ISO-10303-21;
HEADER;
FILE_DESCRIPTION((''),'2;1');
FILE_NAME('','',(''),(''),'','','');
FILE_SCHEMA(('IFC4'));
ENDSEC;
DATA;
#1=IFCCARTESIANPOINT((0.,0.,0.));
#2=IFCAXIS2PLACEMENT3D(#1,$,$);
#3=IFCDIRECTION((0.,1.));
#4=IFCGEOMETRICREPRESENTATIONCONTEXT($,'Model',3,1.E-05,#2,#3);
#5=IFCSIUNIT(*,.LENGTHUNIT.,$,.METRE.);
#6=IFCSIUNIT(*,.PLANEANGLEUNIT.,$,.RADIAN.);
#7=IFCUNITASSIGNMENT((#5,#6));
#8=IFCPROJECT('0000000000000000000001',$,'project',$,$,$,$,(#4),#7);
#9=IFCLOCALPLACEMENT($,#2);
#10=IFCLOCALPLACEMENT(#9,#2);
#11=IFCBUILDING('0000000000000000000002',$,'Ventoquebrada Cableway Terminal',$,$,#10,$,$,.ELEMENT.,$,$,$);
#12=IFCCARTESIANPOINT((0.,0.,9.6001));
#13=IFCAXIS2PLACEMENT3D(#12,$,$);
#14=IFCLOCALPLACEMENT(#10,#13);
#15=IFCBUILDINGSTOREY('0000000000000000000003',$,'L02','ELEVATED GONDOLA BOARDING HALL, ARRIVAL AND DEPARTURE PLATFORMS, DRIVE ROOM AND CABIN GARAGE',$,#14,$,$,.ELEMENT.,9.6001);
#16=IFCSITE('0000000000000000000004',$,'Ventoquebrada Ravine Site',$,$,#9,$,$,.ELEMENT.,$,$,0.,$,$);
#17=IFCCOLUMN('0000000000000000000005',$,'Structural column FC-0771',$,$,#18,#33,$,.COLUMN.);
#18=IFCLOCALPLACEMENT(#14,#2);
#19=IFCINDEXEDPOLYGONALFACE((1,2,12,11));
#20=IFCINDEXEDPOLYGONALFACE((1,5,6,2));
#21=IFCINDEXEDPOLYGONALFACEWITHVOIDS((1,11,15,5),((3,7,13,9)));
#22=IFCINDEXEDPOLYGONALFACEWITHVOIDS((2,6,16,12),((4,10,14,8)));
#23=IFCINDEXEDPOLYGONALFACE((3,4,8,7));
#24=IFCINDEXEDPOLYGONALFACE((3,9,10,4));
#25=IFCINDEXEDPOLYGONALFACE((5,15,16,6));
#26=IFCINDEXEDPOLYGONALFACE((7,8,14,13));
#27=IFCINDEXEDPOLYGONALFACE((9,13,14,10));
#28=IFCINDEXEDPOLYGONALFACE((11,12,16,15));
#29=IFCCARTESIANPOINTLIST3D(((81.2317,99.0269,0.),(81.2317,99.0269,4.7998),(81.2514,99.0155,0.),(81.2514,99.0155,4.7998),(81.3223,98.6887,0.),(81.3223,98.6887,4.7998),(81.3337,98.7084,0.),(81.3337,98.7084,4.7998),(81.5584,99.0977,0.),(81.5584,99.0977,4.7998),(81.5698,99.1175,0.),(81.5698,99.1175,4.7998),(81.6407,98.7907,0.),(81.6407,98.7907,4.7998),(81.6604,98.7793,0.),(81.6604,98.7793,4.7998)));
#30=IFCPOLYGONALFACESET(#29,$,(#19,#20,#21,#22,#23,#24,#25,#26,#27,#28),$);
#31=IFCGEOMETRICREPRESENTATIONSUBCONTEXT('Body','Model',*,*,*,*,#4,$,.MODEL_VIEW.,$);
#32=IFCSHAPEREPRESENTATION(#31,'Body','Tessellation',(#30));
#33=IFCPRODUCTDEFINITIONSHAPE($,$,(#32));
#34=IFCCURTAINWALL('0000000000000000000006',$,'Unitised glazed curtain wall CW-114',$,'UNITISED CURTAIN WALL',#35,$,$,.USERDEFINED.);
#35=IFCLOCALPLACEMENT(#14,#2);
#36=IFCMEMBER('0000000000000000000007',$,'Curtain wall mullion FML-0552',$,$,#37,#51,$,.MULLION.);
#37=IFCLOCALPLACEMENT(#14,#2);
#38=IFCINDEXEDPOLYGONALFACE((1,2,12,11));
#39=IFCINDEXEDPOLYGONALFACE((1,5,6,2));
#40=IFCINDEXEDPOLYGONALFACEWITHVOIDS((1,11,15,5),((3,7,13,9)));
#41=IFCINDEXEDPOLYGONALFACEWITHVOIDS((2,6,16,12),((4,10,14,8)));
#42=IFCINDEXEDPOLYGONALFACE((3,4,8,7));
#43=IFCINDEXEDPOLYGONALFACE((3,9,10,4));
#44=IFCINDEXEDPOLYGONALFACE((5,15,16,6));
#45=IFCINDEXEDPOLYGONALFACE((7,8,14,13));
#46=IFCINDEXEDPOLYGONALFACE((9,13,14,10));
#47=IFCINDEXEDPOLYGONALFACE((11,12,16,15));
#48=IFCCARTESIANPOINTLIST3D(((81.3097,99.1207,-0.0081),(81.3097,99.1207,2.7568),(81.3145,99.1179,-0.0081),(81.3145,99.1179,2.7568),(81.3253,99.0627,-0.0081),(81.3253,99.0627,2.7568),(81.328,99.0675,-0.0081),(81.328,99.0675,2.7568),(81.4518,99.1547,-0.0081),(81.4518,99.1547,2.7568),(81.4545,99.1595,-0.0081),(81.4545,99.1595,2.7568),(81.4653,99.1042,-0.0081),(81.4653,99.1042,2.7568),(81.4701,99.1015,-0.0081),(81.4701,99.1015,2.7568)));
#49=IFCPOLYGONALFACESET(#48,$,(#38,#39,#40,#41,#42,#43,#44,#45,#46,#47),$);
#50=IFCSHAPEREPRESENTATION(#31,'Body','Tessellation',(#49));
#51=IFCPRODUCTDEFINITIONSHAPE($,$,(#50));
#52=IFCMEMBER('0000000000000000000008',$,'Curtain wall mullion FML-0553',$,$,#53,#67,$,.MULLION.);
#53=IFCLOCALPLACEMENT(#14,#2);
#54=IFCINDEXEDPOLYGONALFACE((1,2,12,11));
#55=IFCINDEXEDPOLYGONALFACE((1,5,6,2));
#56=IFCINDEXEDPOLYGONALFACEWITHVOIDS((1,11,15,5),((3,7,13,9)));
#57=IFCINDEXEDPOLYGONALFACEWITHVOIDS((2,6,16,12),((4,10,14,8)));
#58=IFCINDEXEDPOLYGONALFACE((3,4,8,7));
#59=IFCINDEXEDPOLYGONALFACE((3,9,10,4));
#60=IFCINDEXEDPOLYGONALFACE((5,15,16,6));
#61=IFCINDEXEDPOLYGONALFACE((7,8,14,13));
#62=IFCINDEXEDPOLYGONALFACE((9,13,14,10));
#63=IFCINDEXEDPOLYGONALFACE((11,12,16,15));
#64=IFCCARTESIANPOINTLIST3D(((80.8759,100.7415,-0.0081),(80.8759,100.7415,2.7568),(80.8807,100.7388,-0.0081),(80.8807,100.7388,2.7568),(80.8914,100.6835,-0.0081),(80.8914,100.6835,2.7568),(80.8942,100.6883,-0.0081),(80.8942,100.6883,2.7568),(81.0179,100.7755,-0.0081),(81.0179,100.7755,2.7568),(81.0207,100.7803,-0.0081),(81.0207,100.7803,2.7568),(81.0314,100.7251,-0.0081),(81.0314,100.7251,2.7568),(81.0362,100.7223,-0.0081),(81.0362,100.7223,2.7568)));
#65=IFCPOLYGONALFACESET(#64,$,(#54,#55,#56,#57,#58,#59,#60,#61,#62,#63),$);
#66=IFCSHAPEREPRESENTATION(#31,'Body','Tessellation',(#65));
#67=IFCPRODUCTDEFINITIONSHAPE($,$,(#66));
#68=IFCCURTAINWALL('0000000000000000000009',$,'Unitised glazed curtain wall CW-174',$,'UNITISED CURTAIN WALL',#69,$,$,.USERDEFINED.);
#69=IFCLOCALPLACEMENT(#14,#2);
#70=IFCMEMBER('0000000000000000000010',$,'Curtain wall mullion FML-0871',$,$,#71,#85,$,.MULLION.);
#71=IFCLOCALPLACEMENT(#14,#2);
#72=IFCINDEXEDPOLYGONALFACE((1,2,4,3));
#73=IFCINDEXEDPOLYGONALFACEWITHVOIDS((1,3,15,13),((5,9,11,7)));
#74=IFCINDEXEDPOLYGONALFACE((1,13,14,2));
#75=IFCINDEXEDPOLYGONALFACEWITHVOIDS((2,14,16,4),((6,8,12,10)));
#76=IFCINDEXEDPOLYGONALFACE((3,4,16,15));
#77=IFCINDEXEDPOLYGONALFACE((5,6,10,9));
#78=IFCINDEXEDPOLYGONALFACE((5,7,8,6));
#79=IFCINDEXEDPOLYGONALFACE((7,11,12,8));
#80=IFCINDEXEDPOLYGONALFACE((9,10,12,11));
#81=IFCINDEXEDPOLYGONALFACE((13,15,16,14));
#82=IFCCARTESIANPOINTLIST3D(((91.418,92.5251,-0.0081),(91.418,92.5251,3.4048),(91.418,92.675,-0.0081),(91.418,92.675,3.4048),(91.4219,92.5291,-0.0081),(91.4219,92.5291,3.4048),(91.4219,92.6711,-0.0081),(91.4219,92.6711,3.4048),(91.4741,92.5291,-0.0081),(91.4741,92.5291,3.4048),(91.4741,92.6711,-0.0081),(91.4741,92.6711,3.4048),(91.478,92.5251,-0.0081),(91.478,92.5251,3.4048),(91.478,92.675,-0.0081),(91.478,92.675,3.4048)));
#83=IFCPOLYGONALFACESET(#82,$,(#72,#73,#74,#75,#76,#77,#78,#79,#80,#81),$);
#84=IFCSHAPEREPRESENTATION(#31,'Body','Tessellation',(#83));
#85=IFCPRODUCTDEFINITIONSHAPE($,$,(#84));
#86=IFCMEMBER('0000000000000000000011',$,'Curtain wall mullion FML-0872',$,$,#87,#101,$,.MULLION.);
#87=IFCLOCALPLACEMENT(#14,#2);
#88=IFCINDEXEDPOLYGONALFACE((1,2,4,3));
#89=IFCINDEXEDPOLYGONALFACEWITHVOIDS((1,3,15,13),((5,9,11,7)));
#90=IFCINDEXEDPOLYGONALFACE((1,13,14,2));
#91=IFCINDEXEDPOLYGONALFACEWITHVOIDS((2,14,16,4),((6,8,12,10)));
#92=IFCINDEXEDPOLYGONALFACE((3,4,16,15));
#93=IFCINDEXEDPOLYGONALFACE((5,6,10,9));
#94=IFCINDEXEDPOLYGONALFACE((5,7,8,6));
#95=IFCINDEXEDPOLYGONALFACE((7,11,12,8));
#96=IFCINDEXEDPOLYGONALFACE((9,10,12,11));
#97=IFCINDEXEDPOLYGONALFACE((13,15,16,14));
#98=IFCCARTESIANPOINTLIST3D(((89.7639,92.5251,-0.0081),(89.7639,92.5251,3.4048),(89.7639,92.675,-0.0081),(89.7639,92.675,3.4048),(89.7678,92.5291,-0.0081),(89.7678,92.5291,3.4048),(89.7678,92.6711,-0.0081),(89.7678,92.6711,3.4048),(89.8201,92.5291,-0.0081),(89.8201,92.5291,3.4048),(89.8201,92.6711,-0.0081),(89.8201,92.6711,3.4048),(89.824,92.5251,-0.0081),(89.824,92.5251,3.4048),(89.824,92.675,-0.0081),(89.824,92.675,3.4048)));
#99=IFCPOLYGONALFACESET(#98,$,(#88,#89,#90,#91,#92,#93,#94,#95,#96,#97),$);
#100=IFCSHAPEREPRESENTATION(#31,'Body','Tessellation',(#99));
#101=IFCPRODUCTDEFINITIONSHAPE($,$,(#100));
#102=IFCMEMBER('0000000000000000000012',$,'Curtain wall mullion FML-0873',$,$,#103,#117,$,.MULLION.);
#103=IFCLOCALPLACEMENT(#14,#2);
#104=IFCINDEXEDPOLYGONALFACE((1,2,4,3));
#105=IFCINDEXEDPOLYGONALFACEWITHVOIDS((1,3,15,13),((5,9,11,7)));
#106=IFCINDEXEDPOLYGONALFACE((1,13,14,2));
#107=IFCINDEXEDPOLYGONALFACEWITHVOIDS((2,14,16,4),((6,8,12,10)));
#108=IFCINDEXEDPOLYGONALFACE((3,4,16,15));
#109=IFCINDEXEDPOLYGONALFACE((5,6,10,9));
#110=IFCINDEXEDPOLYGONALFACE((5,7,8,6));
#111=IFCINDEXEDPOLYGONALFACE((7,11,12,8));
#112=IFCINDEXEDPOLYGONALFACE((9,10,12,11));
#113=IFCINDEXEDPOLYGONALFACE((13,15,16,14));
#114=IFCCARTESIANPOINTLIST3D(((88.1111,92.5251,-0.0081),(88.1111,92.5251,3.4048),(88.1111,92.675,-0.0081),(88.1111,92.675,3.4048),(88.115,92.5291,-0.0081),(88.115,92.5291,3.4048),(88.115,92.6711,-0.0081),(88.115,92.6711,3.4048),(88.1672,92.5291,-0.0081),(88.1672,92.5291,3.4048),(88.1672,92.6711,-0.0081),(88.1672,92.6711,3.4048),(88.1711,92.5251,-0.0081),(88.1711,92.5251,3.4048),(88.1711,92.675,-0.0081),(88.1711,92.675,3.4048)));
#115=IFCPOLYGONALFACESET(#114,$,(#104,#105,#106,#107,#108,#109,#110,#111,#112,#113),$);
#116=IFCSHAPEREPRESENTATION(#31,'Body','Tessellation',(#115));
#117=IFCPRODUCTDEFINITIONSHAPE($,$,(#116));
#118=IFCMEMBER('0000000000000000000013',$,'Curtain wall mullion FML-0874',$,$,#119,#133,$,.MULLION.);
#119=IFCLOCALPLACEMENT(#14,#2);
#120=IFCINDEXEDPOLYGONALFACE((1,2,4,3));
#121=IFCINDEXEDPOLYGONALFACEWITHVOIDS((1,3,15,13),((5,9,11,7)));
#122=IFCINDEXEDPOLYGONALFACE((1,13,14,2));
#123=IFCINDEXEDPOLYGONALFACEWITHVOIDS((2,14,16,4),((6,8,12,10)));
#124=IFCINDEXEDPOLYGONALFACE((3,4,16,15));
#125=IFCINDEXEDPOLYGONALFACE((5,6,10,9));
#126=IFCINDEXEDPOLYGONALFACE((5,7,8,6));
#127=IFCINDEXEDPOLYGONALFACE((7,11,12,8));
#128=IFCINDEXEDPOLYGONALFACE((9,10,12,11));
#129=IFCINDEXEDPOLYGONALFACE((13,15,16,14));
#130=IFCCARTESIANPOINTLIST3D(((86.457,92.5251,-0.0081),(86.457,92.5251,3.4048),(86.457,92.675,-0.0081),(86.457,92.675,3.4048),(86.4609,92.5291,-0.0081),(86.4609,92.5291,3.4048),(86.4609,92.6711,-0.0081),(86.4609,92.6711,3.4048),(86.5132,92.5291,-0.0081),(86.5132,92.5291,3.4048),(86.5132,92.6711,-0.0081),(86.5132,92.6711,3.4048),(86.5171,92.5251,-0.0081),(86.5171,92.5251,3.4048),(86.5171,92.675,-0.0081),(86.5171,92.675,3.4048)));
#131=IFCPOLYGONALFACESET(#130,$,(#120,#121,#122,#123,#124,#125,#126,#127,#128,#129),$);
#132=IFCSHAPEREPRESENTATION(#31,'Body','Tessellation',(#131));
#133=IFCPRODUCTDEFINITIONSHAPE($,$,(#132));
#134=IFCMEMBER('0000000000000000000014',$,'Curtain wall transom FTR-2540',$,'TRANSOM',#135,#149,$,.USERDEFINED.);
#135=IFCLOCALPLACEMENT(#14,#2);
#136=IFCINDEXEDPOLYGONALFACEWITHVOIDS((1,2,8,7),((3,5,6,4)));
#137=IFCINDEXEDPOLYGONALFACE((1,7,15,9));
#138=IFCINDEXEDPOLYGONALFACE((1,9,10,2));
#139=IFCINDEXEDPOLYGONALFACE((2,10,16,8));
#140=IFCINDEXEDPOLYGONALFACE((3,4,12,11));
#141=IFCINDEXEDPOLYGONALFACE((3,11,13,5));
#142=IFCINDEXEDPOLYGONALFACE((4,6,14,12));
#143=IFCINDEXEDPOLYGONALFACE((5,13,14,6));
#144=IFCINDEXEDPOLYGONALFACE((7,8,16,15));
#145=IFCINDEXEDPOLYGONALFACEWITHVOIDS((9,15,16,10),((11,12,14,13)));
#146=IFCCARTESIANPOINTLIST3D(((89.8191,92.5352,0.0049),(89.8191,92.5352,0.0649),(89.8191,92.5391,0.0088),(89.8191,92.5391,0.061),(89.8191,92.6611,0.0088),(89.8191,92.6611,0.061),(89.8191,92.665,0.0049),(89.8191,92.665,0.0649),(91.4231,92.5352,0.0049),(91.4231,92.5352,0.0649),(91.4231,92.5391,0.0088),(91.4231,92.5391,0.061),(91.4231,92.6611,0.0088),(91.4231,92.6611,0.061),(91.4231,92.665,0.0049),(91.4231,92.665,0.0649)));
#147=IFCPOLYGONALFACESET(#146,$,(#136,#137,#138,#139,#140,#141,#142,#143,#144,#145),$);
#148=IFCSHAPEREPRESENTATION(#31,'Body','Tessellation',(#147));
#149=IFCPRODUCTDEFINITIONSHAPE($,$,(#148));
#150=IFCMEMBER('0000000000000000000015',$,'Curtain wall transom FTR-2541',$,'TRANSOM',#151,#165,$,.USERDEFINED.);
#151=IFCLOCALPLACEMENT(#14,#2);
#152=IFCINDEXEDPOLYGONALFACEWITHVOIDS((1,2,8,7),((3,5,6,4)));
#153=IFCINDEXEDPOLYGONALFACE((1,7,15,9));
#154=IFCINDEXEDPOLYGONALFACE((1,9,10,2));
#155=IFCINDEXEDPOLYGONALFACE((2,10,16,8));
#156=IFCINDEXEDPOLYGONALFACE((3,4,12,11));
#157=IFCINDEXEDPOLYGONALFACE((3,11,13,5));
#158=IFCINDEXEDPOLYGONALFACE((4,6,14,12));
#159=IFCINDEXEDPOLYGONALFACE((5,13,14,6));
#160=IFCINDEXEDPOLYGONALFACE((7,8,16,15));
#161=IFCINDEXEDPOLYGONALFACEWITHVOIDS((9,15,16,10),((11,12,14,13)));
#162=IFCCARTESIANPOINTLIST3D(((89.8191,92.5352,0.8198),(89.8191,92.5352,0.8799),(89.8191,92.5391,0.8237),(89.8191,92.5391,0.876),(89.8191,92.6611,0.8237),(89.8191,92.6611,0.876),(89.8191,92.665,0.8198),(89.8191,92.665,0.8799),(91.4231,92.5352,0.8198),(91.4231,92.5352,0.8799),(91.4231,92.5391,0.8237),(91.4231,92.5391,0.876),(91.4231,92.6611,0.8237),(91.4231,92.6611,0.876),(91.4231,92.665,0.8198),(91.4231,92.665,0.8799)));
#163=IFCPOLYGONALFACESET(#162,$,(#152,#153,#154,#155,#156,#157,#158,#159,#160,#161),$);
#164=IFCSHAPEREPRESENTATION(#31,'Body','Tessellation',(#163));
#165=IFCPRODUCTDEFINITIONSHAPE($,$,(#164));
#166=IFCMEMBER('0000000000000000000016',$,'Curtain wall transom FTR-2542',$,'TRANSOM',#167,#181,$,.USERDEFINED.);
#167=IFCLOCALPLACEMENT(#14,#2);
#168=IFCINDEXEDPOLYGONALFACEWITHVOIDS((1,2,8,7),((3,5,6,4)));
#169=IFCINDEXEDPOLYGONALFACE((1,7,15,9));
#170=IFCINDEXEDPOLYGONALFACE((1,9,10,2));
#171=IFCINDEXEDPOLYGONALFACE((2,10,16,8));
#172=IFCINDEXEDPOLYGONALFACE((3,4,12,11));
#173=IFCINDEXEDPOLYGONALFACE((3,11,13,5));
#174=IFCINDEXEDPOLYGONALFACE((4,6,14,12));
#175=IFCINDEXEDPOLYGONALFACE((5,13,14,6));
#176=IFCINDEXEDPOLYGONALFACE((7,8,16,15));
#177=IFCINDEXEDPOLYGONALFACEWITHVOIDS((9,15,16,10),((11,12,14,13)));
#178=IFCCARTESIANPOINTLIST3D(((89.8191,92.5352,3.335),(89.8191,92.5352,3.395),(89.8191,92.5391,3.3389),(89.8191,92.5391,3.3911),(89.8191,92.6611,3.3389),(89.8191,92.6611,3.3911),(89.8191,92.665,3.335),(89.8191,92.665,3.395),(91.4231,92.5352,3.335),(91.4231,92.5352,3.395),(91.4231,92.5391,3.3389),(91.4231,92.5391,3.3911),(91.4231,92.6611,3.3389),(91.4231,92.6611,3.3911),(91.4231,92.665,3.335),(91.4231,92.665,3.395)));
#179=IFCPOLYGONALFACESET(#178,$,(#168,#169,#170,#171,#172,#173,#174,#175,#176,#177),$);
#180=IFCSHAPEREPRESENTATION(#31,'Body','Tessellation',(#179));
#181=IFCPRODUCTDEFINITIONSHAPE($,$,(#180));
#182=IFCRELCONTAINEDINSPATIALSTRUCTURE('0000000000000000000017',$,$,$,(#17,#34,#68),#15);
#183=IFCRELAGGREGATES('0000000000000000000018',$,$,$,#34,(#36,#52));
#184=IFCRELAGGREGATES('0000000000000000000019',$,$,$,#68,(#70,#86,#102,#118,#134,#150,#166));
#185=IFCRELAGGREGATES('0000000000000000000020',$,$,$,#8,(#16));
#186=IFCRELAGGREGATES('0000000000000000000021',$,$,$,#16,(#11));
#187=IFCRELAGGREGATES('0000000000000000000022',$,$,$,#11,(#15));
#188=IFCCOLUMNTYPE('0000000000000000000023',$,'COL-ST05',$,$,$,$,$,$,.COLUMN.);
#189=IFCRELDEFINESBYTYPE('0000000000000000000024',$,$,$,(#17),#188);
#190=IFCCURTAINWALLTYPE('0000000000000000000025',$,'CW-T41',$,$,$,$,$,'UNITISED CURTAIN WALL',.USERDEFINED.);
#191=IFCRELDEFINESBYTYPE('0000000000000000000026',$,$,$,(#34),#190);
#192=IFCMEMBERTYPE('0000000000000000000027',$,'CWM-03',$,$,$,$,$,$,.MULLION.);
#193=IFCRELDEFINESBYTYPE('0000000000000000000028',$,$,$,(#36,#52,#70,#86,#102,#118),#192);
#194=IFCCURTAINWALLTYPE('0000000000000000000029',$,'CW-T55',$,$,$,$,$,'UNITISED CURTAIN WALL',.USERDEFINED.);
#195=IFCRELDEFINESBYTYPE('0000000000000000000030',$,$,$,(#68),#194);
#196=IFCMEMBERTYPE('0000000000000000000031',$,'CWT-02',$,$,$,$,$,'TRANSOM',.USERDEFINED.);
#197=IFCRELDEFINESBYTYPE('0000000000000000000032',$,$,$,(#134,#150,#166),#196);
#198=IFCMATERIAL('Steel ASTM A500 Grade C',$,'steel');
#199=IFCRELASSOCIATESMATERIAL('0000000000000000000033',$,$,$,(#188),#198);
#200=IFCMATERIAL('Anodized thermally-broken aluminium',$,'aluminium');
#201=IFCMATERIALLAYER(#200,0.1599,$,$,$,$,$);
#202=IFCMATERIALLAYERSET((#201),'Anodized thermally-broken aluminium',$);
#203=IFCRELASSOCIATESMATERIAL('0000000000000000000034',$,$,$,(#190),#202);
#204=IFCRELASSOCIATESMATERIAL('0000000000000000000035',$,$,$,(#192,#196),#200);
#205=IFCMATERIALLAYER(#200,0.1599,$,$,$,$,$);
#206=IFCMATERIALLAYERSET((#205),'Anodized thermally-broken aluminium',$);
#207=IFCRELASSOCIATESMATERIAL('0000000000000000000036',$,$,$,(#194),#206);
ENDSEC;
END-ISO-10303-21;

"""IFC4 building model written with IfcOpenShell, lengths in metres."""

from ifc_helpers import new_model, si_unit, direction, frame, origin, origin_2d, place, context, subcontext, project, spatial, hollow_rectangle, extrude, material, layer, layer_set, material_profile, profile_set, type_object, element, aggregate, save


model = new_model("IFC4")

# Units and contexts
model_context = context("Model", 3, precision=1e-05, world=origin(), true_north=direction((0.0, 1.0)))
body_context = subcontext(model_context, "Body", "Model", "MODEL_VIEW")
ifc_project = project(units=[si_unit("LENGTHUNIT", "METRE"), si_unit("PLANEANGLEUNIT", "RADIAN")], contexts=[model_context])

# Site, building, storey
site_placement = place(None, origin())
site = spatial("IfcSite", under=ifc_project, at=site_placement, Name="Ventoquebrada Ravine Site", CompositionType="ELEMENT", RefElevation=0.0)
building_placement = place(site_placement, origin())
building = spatial("IfcBuilding", under=site, at=building_placement, Name="Ventoquebrada Cableway Terminal", CompositionType="ELEMENT")
storey_placement = place(building_placement, frame((0.0, 0.0, 9.6001)))
storey = spatial("IfcBuildingStorey", under=building, at=storey_placement, Name="L02", Description="ELEVATED GONDOLA BOARDING HALL, ARRIVAL AND DEPARTURE PLATFORMS, DRIVE ROOM AND CABIN GARAGE", CompositionType="ELEMENT", Elevation=9.6001)

# Column
ifc_material_1 = material(Name="Steel ASTM A500 Grade C", Category="steel")
ifc_material_profile_1 = material_profile(ifc_material_1, hollow_rectangle(XDim=0.3501, YDim=0.3501, WallThickness=0.0161, at=origin_2d()), Name="HSS350X350X16")
ifc_profile_set_1 = profile_set([ifc_material_profile_1], Name="Steel ASTM A500 Grade C")
column_type = type_object("IfcColumnType", Name="COL-ST05", PredefinedType="COLUMN", material=ifc_profile_set_1)
column_placement = place(storey_placement, frame((81.446, 98.9031, 0.0), z_axis=(0.0, 0.0, 1.0), x_axis=(0.965926, 0.258819, 0.0)))
element("IfcColumn", 1, at=column_placement, inside=storey, type_object=column_type, Name="Structural column FC-0771", PredefinedType="COLUMN", context=body_context, shape_type="SweptSolid", body=[
    extrude(hollow_rectangle(XDim=0.3501, YDim=0.3501, WallThickness=0.0161, at=origin_2d()), origin(), (0.0, 0.0, 1.0), 4.7998),
])

# Curtain walls, members
ifc_material_2 = material(Name="Anodized thermally-broken aluminium", Category="aluminium")
ifc_layer_1 = layer(ifc_material_2, 0.1599)
ifc_layer_set_1 = layer_set([ifc_layer_1], Name="Anodized thermally-broken aluminium")
curtain_wall_type_1 = type_object("IfcCurtainWallType", Name="CW-T41", ElementType="UNITISED CURTAIN WALL", PredefinedType="USERDEFINED", material=ifc_layer_set_1)
curtain_wall_1_placement = place(storey_placement, origin())
curtain_wall_1 = element("IfcCurtainWall", 2, at=curtain_wall_1_placement, inside=storey, type_object=curtain_wall_type_1, Name="Unitised glazed curtain wall CW-114", ObjectType="UNITISED CURTAIN WALL", PredefinedType="USERDEFINED")
ifc_material_profile_2 = material_profile(ifc_material_2, hollow_rectangle(XDim=0.0601, YDim=0.1499, WallThickness=0.0039, at=origin_2d()), Name="CW-MUL-60X150")
ifc_profile_set_2 = profile_set([ifc_material_profile_2], Name="Anodized thermally-broken aluminium")
member_type_1 = type_object("IfcMemberType", Name="CWM-03", PredefinedType="MULLION", material=ifc_profile_set_2)
member_1_placement = place(storey_placement, frame((81.3899, 99.1111, -0.0081), z_axis=(0.0, 0.0, 1.0), x_axis=(-0.258752, 0.965944, 0.0)))
member_1 = element("IfcMember", 3, at=member_1_placement, type_object=member_type_1, Name="Curtain wall mullion FML-0552", PredefinedType="MULLION", context=body_context, shape_type="SweptSolid", body=[
    extrude(hollow_rectangle(XDim=0.0601, YDim=0.1499, WallThickness=0.0039, at=origin_2d()), origin(), (0.0, 0.0, 1.0), 2.7649),
])
member_2_placement = place(storey_placement, frame((80.9561, 100.7319, -0.0081), z_axis=(0.0, 0.0, 1.0), x_axis=(-0.258752, 0.965944, 0.0)))
member_2 = element("IfcMember", 4, at=member_2_placement, type_object=member_type_1, Name="Curtain wall mullion FML-0553", PredefinedType="MULLION", context=body_context, shape_type="SweptSolid", body=[
    extrude(hollow_rectangle(XDim=0.0601, YDim=0.1499, WallThickness=0.0039, at=origin_2d()), origin(), (0.0, 0.0, 1.0), 2.7649),
])
ifc_layer_2 = layer(ifc_material_2, 0.1599)
ifc_layer_set_2 = layer_set([ifc_layer_2], Name="Anodized thermally-broken aluminium")
curtain_wall_type_2 = type_object("IfcCurtainWallType", Name="CW-T55", ElementType="UNITISED CURTAIN WALL", PredefinedType="USERDEFINED", material=ifc_layer_set_2)
curtain_wall_2_placement = place(storey_placement, origin())
curtain_wall_2 = element("IfcCurtainWall", 5, at=curtain_wall_2_placement, inside=storey, type_object=curtain_wall_type_2, Name="Unitised glazed curtain wall CW-174", ObjectType="UNITISED CURTAIN WALL", PredefinedType="USERDEFINED")
member_3_placement = place(storey_placement, frame((91.448, 92.6001, -0.0081), z_axis=(0.0, 0.0, 1.0), x_axis=(-1.0, 0.0, 0.0)))
member_3 = element("IfcMember", 6, at=member_3_placement, type_object=member_type_1, Name="Curtain wall mullion FML-0871", PredefinedType="MULLION", context=body_context, shape_type="SweptSolid", body=[
    extrude(hollow_rectangle(XDim=0.0601, YDim=0.1499, WallThickness=0.0039, at=origin_2d()), origin(), (0.0, 0.0, 1.0), 3.4128),
])
member_4_placement = place(storey_placement, frame((89.7939, 92.6001, -0.0081), z_axis=(0.0, 0.0, 1.0), x_axis=(-1.0, 0.0, 0.0)))
member_4 = element("IfcMember", 7, at=member_4_placement, type_object=member_type_1, Name="Curtain wall mullion FML-0872", PredefinedType="MULLION", context=body_context, shape_type="SweptSolid", body=[
    extrude(hollow_rectangle(XDim=0.0601, YDim=0.1499, WallThickness=0.0039, at=origin_2d()), origin(), (0.0, 0.0, 1.0), 3.4128),
])
member_5_placement = place(storey_placement, frame((88.1411, 92.6001, -0.0081), z_axis=(0.0, 0.0, 1.0), x_axis=(-1.0, 0.0, 0.0)))
member_5 = element("IfcMember", 8, at=member_5_placement, type_object=member_type_1, Name="Curtain wall mullion FML-0873", PredefinedType="MULLION", context=body_context, shape_type="SweptSolid", body=[
    extrude(hollow_rectangle(XDim=0.0601, YDim=0.1499, WallThickness=0.0039, at=origin_2d()), origin(), (0.0, 0.0, 1.0), 3.4128),
])
member_6_placement = place(storey_placement, frame((86.4871, 92.6001, -0.0081), z_axis=(0.0, 0.0, 1.0), x_axis=(-1.0, 0.0, 0.0)))
member_6 = element("IfcMember", 9, at=member_6_placement, type_object=member_type_1, Name="Curtain wall mullion FML-0874", PredefinedType="MULLION", context=body_context, shape_type="SweptSolid", body=[
    extrude(hollow_rectangle(XDim=0.0601, YDim=0.1499, WallThickness=0.0039, at=origin_2d()), origin(), (0.0, 0.0, 1.0), 3.4128),
])
ifc_material_profile_3 = material_profile(ifc_material_2, hollow_rectangle(XDim=0.0601, YDim=0.1299, WallThickness=0.0039, at=origin_2d()), Name="CW-TRN-60X130")
ifc_profile_set_3 = profile_set([ifc_material_profile_3], Name="Anodized thermally-broken aluminium")
member_type_2 = type_object("IfcMemberType", Name="CWT-02", ElementType="TRANSOM", PredefinedType="USERDEFINED", material=ifc_profile_set_3)
member_7_placement = place(storey_placement, frame((91.4231, 92.6001, 0.0349), z_axis=(-1.0, 0.0, 0.0), x_axis=(0.0, 0.0, 1.0)))
member_7 = element("IfcMember", 10, at=member_7_placement, type_object=member_type_2, Name="Curtain wall transom FTR-2540", ObjectType="TRANSOM", PredefinedType="USERDEFINED", context=body_context, shape_type="SweptSolid", body=[
    extrude(hollow_rectangle(XDim=0.0601, YDim=0.1299, WallThickness=0.0039, at=origin_2d()), origin(), (0.0, 0.0, 1.0), 1.604),
])
member_8_placement = place(storey_placement, frame((91.4231, 92.6001, 0.8499), z_axis=(-1.0, 0.0, 0.0), x_axis=(0.0, 0.0, 1.0)))
member_8 = element("IfcMember", 11, at=member_8_placement, type_object=member_type_2, Name="Curtain wall transom FTR-2541", ObjectType="TRANSOM", PredefinedType="USERDEFINED", context=body_context, shape_type="SweptSolid", body=[
    extrude(hollow_rectangle(XDim=0.0601, YDim=0.1299, WallThickness=0.0039, at=origin_2d()), origin(), (0.0, 0.0, 1.0), 1.604),
])
member_9_placement = place(storey_placement, frame((91.4231, 92.6001, 3.365), z_axis=(-1.0, 0.0, 0.0), x_axis=(0.0, 0.0, 1.0)))
member_9 = element("IfcMember", 12, at=member_9_placement, type_object=member_type_2, Name="Curtain wall transom FTR-2542", ObjectType="TRANSOM", PredefinedType="USERDEFINED", context=body_context, shape_type="SweptSolid", body=[
    extrude(hollow_rectangle(XDim=0.0601, YDim=0.1299, WallThickness=0.0039, at=origin_2d()), origin(), (0.0, 0.0, 1.0), 1.604),
])

aggregate(curtain_wall_1, [member_1, member_2])
aggregate(curtain_wall_2, [member_3, member_4, member_5, member_6, member_7, member_8, member_9])

save(model, "model.ifc")
